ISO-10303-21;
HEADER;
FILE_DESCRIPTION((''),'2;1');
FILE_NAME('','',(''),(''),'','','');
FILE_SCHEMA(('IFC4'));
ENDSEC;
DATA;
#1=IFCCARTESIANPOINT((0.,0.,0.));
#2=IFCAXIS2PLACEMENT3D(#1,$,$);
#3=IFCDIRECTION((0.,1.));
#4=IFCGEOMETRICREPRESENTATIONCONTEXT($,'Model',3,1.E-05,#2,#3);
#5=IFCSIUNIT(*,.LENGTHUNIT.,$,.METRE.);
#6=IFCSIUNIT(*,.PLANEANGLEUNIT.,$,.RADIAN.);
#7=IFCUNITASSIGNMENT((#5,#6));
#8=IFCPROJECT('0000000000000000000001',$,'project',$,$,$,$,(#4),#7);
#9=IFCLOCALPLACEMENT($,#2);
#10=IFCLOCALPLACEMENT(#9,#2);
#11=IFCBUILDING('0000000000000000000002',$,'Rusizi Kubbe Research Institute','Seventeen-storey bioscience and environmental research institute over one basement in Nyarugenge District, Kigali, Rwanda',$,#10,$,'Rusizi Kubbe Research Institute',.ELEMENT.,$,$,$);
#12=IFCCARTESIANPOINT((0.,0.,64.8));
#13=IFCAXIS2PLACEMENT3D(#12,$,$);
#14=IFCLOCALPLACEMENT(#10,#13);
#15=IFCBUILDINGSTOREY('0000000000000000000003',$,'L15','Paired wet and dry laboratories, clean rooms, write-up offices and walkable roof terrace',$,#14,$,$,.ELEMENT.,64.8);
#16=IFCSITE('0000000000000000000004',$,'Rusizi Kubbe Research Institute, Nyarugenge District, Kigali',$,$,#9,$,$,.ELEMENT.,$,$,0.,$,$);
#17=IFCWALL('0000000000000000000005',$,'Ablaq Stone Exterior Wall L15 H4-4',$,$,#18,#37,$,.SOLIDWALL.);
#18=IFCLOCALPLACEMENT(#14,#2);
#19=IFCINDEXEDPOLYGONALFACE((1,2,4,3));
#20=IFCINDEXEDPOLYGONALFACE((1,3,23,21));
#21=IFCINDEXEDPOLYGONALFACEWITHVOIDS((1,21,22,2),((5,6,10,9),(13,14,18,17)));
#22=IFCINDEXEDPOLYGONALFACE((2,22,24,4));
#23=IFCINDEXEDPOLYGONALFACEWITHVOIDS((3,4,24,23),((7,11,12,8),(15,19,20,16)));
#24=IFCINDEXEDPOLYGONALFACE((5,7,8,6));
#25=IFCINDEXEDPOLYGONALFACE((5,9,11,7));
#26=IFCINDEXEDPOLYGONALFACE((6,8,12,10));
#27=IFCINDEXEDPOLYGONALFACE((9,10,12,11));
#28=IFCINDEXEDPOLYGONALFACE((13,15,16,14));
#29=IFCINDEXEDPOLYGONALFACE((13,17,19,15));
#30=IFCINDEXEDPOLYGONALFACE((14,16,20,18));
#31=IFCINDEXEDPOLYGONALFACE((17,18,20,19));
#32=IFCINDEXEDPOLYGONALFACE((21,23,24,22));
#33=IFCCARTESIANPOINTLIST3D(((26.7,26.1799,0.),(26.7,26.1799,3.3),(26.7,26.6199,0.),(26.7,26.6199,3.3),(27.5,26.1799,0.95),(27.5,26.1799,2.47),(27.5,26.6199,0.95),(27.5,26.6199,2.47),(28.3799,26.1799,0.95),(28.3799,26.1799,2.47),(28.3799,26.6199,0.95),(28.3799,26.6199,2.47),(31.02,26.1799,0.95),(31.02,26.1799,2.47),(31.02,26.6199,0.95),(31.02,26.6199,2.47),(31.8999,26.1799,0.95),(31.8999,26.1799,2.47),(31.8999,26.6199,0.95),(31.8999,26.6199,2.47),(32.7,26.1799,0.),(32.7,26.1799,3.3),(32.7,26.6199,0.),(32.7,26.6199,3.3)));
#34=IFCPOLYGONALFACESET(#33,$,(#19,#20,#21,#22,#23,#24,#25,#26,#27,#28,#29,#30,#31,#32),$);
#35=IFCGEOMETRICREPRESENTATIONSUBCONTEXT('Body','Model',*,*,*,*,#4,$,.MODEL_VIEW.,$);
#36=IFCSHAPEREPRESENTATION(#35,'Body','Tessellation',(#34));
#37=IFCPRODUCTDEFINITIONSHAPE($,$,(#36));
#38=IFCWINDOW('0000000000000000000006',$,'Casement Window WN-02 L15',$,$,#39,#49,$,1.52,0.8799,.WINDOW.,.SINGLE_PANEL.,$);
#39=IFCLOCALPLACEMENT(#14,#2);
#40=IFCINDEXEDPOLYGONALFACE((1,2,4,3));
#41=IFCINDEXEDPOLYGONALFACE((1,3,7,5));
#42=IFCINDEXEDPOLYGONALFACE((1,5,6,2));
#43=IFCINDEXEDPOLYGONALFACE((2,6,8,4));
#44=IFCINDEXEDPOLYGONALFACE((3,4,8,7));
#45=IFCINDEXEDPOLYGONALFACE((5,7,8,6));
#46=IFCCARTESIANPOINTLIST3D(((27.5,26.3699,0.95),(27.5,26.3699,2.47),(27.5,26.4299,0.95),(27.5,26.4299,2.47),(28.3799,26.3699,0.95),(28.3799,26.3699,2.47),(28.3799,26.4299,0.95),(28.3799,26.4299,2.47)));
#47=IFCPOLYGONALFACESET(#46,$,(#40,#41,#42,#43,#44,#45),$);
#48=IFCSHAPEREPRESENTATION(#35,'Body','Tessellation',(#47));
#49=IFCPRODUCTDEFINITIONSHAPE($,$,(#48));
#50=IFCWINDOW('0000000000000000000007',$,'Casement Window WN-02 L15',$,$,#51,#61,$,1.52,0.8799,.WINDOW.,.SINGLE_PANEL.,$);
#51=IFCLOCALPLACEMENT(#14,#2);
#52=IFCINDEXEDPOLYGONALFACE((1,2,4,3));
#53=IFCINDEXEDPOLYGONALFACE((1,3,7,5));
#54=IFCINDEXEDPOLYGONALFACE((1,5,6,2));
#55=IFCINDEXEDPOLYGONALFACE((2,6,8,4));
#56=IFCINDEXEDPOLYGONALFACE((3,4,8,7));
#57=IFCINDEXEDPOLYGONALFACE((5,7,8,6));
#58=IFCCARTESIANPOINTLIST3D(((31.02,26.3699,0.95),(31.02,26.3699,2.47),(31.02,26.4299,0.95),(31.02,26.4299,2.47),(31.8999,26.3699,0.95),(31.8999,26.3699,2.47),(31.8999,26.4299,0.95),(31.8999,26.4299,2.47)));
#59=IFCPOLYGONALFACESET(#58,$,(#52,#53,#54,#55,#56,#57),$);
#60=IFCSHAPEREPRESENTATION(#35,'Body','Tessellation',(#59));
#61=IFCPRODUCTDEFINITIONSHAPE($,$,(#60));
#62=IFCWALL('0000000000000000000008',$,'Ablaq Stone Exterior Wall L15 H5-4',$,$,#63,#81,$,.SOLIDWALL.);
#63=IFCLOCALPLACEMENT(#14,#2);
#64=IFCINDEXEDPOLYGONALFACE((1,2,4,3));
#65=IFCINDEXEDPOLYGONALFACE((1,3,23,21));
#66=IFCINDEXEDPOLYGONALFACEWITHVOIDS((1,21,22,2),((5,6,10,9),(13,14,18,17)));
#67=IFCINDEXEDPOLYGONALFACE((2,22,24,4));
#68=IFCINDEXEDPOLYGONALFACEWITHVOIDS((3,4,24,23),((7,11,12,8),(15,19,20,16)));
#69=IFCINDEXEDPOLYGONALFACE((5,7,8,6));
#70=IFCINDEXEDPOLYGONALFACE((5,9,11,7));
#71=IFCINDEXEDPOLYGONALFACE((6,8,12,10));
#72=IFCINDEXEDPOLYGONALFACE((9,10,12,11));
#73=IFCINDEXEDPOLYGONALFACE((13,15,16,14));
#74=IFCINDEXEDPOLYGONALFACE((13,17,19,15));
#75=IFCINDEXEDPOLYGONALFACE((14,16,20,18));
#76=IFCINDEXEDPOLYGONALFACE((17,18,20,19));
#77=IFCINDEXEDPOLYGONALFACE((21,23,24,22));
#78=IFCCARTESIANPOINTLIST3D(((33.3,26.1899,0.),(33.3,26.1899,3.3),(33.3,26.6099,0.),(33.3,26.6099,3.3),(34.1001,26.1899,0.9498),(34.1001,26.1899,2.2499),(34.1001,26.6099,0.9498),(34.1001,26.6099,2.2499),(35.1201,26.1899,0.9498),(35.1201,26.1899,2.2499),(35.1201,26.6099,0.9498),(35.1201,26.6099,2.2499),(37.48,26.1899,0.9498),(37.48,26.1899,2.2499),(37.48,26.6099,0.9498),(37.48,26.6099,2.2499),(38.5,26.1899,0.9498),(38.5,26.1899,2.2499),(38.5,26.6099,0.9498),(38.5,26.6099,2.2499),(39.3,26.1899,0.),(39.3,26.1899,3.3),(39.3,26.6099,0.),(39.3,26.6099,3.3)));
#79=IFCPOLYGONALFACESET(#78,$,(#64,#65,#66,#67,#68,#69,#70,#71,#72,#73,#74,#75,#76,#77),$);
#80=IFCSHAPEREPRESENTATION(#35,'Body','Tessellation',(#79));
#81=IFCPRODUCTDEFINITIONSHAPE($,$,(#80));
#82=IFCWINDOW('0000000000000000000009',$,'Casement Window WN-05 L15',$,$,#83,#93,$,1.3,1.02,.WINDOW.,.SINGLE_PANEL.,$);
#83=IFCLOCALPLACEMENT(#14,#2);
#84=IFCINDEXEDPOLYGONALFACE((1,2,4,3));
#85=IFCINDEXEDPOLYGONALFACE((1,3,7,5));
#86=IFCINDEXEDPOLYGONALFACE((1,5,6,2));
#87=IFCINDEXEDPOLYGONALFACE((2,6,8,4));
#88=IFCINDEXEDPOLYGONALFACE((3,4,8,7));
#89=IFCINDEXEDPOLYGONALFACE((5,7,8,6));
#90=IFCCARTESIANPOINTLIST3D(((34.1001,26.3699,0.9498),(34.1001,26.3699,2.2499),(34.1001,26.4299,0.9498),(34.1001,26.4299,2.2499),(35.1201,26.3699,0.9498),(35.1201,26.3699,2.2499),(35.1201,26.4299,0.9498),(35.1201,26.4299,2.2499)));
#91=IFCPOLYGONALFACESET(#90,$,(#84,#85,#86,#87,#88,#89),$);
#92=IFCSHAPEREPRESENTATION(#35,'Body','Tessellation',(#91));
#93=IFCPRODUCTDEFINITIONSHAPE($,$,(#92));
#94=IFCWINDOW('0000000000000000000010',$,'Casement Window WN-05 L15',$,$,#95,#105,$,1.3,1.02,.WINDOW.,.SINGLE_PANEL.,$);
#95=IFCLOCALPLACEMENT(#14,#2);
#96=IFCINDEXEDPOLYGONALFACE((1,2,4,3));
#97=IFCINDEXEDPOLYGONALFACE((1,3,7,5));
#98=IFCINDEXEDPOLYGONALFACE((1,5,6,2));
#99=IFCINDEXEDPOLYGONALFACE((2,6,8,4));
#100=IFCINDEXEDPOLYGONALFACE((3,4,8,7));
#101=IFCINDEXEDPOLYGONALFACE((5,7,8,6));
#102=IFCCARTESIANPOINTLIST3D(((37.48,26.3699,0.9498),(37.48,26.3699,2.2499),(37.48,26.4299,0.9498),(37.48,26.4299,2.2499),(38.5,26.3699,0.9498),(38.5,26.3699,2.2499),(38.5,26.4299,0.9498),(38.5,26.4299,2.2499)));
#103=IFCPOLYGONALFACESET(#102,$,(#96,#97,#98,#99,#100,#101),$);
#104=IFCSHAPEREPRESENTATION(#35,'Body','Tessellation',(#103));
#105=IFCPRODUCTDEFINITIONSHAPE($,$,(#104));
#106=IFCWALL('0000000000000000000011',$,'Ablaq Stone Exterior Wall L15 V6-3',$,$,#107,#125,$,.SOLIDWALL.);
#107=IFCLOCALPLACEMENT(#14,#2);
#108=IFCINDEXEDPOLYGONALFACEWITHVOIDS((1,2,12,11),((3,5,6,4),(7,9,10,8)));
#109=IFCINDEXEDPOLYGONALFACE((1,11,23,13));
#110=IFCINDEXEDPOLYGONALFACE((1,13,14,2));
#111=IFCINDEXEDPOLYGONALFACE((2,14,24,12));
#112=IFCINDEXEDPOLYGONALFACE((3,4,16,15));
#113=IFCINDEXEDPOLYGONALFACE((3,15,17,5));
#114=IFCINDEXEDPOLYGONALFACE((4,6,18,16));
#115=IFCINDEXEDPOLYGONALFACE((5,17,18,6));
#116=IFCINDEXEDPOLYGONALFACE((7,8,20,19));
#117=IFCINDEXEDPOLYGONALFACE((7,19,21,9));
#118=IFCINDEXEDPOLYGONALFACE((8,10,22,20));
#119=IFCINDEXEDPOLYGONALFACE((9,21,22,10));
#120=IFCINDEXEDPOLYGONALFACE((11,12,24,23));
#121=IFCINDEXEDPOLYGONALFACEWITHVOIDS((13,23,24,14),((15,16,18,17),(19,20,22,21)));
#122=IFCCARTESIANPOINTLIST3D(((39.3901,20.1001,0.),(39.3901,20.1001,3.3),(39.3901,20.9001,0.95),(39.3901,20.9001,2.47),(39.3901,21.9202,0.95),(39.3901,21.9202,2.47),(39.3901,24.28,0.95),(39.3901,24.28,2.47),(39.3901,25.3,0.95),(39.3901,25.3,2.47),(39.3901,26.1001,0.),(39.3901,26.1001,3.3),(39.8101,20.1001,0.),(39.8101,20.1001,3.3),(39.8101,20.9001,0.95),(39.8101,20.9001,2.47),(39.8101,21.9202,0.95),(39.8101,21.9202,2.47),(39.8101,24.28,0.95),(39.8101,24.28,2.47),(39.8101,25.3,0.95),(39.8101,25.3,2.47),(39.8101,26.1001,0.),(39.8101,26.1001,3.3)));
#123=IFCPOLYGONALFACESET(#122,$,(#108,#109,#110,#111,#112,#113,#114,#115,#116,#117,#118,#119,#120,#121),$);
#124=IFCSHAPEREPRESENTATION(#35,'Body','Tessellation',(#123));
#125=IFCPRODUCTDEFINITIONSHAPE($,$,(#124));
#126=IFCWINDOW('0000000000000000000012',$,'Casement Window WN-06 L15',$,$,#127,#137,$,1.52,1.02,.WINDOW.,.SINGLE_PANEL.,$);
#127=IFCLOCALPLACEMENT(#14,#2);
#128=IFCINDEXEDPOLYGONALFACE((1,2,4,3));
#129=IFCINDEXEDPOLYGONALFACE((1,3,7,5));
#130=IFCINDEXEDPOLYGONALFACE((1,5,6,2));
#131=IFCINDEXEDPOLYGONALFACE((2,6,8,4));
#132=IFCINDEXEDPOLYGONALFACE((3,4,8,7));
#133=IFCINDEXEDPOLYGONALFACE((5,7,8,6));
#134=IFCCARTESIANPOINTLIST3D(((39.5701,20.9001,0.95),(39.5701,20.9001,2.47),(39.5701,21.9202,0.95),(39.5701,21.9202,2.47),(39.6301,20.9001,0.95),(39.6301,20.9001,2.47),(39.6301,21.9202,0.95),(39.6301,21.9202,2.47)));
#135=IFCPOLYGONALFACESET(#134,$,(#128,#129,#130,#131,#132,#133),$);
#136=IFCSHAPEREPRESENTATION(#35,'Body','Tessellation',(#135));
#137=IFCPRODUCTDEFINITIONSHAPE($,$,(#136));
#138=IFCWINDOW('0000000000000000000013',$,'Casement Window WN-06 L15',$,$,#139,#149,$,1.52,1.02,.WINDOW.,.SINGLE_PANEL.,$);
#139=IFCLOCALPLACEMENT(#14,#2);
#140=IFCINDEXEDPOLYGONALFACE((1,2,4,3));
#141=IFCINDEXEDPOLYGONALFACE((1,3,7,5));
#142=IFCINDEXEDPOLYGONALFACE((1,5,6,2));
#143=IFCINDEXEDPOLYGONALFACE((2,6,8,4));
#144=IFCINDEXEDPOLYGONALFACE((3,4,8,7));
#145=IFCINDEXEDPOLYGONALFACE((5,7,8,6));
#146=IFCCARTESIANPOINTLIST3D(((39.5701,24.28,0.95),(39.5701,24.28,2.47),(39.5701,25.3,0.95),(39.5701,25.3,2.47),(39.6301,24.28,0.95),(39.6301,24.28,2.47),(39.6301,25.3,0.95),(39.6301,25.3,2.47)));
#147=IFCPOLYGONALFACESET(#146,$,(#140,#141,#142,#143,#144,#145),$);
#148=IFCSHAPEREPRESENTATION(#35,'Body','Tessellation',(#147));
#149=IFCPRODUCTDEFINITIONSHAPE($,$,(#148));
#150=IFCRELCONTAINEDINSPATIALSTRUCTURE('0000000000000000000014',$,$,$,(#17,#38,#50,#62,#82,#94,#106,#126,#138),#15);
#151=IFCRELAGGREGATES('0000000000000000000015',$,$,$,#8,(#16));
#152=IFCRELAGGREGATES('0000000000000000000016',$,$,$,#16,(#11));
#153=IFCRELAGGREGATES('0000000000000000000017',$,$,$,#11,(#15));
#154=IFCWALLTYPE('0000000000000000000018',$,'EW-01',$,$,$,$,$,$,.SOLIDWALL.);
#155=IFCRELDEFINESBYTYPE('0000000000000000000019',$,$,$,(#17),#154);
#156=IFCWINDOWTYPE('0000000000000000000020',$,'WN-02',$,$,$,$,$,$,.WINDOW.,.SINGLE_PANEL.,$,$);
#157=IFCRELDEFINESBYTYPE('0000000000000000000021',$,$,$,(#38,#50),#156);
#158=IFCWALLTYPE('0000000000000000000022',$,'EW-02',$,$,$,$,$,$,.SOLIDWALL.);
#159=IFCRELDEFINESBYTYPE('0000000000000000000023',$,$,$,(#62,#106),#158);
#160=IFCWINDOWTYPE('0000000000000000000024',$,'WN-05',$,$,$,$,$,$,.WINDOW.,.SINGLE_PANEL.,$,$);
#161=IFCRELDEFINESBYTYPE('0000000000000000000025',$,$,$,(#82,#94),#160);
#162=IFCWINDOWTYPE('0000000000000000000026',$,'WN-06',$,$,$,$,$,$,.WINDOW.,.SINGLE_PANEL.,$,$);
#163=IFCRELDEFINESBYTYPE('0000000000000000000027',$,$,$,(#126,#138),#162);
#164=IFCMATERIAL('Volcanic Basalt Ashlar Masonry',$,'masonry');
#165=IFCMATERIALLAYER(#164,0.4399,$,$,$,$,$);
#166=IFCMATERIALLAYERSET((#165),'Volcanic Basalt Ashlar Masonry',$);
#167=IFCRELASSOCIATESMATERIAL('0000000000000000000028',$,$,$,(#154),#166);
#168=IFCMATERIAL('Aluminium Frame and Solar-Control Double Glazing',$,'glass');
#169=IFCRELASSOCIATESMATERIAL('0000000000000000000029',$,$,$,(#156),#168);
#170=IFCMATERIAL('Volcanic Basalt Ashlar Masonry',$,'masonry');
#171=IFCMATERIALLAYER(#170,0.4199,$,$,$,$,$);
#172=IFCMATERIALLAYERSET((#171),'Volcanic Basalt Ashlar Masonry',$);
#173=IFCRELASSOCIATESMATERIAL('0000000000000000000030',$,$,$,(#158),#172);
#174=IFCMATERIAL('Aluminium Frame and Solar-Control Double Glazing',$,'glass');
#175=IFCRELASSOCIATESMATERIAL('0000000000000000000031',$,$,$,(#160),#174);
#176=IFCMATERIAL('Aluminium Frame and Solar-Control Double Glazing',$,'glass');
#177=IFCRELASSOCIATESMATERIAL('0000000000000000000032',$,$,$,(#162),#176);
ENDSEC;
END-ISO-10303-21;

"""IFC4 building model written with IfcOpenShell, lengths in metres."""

from ifc_helpers import new_model, si_unit, direction, frame, frame_2d, origin, place, context, subcontext, project, spatial, rectangle, extrude, material, layer, layer_set, type_object, element, fill, save


model = new_model("IFC4")

# Units and contexts
model_context = context("Model", 3, precision=1e-05, world=origin(), true_north=direction((0.0, 1.0)))
body_context = subcontext(model_context, "Body", "Model", "MODEL_VIEW")
ifc_project = project(units=[si_unit("LENGTHUNIT", "METRE"), si_unit("PLANEANGLEUNIT", "RADIAN")], contexts=[model_context])

# Site, building, storey
site_placement = place(None, origin())
site = spatial("IfcSite", under=ifc_project, at=site_placement, Name="Rusizi Kubbe Research Institute, Nyarugenge District, Kigali", CompositionType="ELEMENT", RefElevation=0.0)
building_placement = place(site_placement, origin())
building = spatial("IfcBuilding", under=site, at=building_placement, Name="Rusizi Kubbe Research Institute", Description="Seventeen-storey bioscience and environmental research institute over one basement in Nyarugenge District, Kigali, Rwanda", LongName="Rusizi Kubbe Research Institute", CompositionType="ELEMENT")
storey_placement = place(building_placement, frame((0.0, 0.0, 64.8)))
storey = spatial("IfcBuildingStorey", under=building, at=storey_placement, Name="L15", Description="Paired wet and dry laboratories, clean rooms, write-up offices and walkable roof terrace", CompositionType="ELEMENT", Elevation=64.8)

# Shared definitions
ifc_material_1 = material(Name="Volcanic Basalt Ashlar Masonry", Category="masonry")
ifc_layer_1 = layer(ifc_material_1, 0.4399)
ifc_layer_set_1 = layer_set([ifc_layer_1], Name="Volcanic Basalt Ashlar Masonry")
wall_type_1 = type_object("IfcWallType", Name="EW-01", PredefinedType="SOLIDWALL", material=ifc_layer_set_1)

# Walls, openings, windows
wall_1_placement = place(storey_placement, frame((26.7, 26.3999, 0.0), z_axis=(0.0, 0.0, 1.0), x_axis=(1.0, 0.0, 0.0)))
wall_1 = element("IfcWall", 1, at=wall_1_placement, inside=storey, type_object=wall_type_1, Name="Ablaq Stone Exterior Wall L15 H4-4", PredefinedType="SOLIDWALL", context=body_context, shape_type="SweptSolid", body=[
    extrude(rectangle(XDim=6.0, YDim=0.4399, at=frame_2d((3.0, 0.0))), origin(), (0.0, 0.0, 1.0), 3.3),
])
opening_1_placement = place(wall_1_placement, frame((0.8, 0.0, 0.95)))
opening_1 = element("IfcOpeningElement", 2, at=opening_1_placement, cuts=wall_1, PredefinedType="OPENING", context=body_context, shape_type="SweptSolid", body=[
    extrude(rectangle(XDim=0.8799, YDim=1.52, at=frame_2d((0.4399, 0.76))), frame((0.0, 0.23, 0.0), z_axis=(0.0, -1.0, 0.0), x_axis=(1.0, 0.0, 0.0)), (0.0, 0.0, 1.0), 0.46),
])
opening_2_placement = place(wall_1_placement, frame((4.3201, 0.0, 0.95)))
opening_2 = element("IfcOpeningElement", 3, at=opening_2_placement, cuts=wall_1, PredefinedType="OPENING", context=body_context, shape_type="SweptSolid", body=[
    extrude(rectangle(XDim=0.8799, YDim=1.52, at=frame_2d((0.4399, 0.76))), frame((0.0, 0.23, 0.0), z_axis=(0.0, -1.0, 0.0), x_axis=(1.0, 0.0, 0.0)), (0.0, 0.0, 1.0), 0.46),
])
ifc_material_2 = material(Name="Aluminium Frame and Solar-Control Double Glazing", Category="glass")
window_type_1 = type_object("IfcWindowType", Name="WN-02", PartitioningType="SINGLE_PANEL", PredefinedType="WINDOW", material=ifc_material_2)
window_1_placement = place(opening_1_placement, origin())
window_1 = element("IfcWindow", 4, at=window_1_placement, inside=storey, type_object=window_type_1, Name="Casement Window WN-02 L15", OverallHeight=1.52, OverallWidth=0.8799, PartitioningType="SINGLE_PANEL", PredefinedType="WINDOW", context=body_context, shape_type="SweptSolid", body=[
    extrude(rectangle(XDim=0.8799, YDim=1.52, at=frame_2d((0.4399, 0.76))), frame((0.0, 0.03, 0.0), z_axis=(0.0, -1.0, 0.0), x_axis=(1.0, 0.0, 0.0)), (0.0, 0.0, 1.0), 0.0601),
])
fill(opening_1, window_1)
window_2_placement = place(opening_2_placement, origin())
window_2 = element("IfcWindow", 5, at=window_2_placement, inside=storey, type_object=window_type_1, Name="Casement Window WN-02 L15", OverallHeight=1.52, OverallWidth=0.8799, PartitioningType="SINGLE_PANEL", PredefinedType="WINDOW", context=body_context, shape_type="SweptSolid", body=[
    extrude(rectangle(XDim=0.8799, YDim=1.52, at=frame_2d((0.4399, 0.76))), frame((0.0, 0.03, 0.0), z_axis=(0.0, -1.0, 0.0), x_axis=(1.0, 0.0, 0.0)), (0.0, 0.0, 1.0), 0.0601),
])
fill(opening_2, window_2)
ifc_material_3 = material(Name="Volcanic Basalt Ashlar Masonry", Category="masonry")
ifc_layer_2 = layer(ifc_material_3, 0.4199)
ifc_layer_set_2 = layer_set([ifc_layer_2], Name="Volcanic Basalt Ashlar Masonry")
wall_type_2 = type_object("IfcWallType", Name="EW-02", PredefinedType="SOLIDWALL", material=ifc_layer_set_2)
wall_2_placement = place(storey_placement, frame((33.3, 26.3999, 0.0), z_axis=(0.0, 0.0, 1.0), x_axis=(1.0, 0.0, 0.0)))
wall_2 = element("IfcWall", 6, at=wall_2_placement, inside=storey, type_object=wall_type_2, Name="Ablaq Stone Exterior Wall L15 H5-4", PredefinedType="SOLIDWALL", context=body_context, shape_type="SweptSolid", body=[
    extrude(rectangle(XDim=6.0, YDim=0.4199, at=frame_2d((3.0, 0.0))), origin(), (0.0, 0.0, 1.0), 3.3),
])
opening_3_placement = place(wall_2_placement, frame((0.8, 0.0, 0.95)))
opening_3 = element("IfcOpeningElement", 7, at=opening_3_placement, cuts=wall_2, PredefinedType="OPENING", context=body_context, shape_type="SweptSolid", body=[
    extrude(rectangle(XDim=1.02, YDim=1.3, at=frame_2d((0.51, 0.6499))), frame((0.0, 0.22, 0.0), z_axis=(0.0, -1.0, 0.0), x_axis=(1.0, 0.0, 0.0)), (0.0, 0.0, 1.0), 0.4399),
])
opening_4_placement = place(wall_2_placement, frame((4.1799, 0.0, 0.95)))
opening_4 = element("IfcOpeningElement", 8, at=opening_4_placement, cuts=wall_2, PredefinedType="OPENING", context=body_context, shape_type="SweptSolid", body=[
    extrude(rectangle(XDim=1.02, YDim=1.3, at=frame_2d((0.51, 0.6499))), frame((0.0, 0.22, 0.0), z_axis=(0.0, -1.0, 0.0), x_axis=(1.0, 0.0, 0.0)), (0.0, 0.0, 1.0), 0.4399),
])
ifc_material_4 = material(Name="Aluminium Frame and Solar-Control Double Glazing", Category="glass")
window_type_2 = type_object("IfcWindowType", Name="WN-05", PartitioningType="SINGLE_PANEL", PredefinedType="WINDOW", material=ifc_material_4)
window_3_placement = place(opening_3_placement, origin())
window_3 = element("IfcWindow", 9, at=window_3_placement, inside=storey, type_object=window_type_2, Name="Casement Window WN-05 L15", OverallHeight=1.3, OverallWidth=1.02, PartitioningType="SINGLE_PANEL", PredefinedType="WINDOW", context=body_context, shape_type="SweptSolid", body=[
    extrude(rectangle(XDim=1.02, YDim=1.3, at=frame_2d((0.51, 0.6499))), frame((0.0, 0.03, 0.0), z_axis=(0.0, -1.0, 0.0), x_axis=(1.0, 0.0, 0.0)), (0.0, 0.0, 1.0), 0.0601),
])
fill(opening_3, window_3)
window_4_placement = place(opening_4_placement, origin())
window_4 = element("IfcWindow", 10, at=window_4_placement, inside=storey, type_object=window_type_2, Name="Casement Window WN-05 L15", OverallHeight=1.3, OverallWidth=1.02, PartitioningType="SINGLE_PANEL", PredefinedType="WINDOW", context=body_context, shape_type="SweptSolid", body=[
    extrude(rectangle(XDim=1.02, YDim=1.3, at=frame_2d((0.51, 0.6499))), frame((0.0, 0.03, 0.0), z_axis=(0.0, -1.0, 0.0), x_axis=(1.0, 0.0, 0.0)), (0.0, 0.0, 1.0), 0.0601),
])
fill(opening_4, window_4)
wall_3_placement = place(storey_placement, frame((39.6001, 20.1001, 0.0), z_axis=(0.0, 0.0, 1.0), x_axis=(0.0, 1.0, 0.0)))
wall_3 = element("IfcWall", 11, at=wall_3_placement, inside=storey, type_object=wall_type_2, Name="Ablaq Stone Exterior Wall L15 V6-3", PredefinedType="SOLIDWALL", context=body_context, shape_type="SweptSolid", body=[
    extrude(rectangle(XDim=6.0, YDim=0.4199, at=frame_2d((3.0, 0.0))), origin(), (0.0, 0.0, 1.0), 3.3),
])
opening_5_placement = place(wall_3_placement, frame((0.8, 0.0, 0.95)))
opening_5 = element("IfcOpeningElement", 12, at=opening_5_placement, cuts=wall_3, PredefinedType="OPENING", context=body_context, shape_type="SweptSolid", body=[
    extrude(rectangle(XDim=1.02, YDim=1.52, at=frame_2d((0.51, 0.76))), frame((0.0, 0.22, 0.0), z_axis=(0.0, -1.0, 0.0), x_axis=(1.0, 0.0, 0.0)), (0.0, 0.0, 1.0), 0.4399),
])
opening_6_placement = place(wall_3_placement, frame((4.1799, 0.0, 0.95)))
opening_6 = element("IfcOpeningElement", 13, at=opening_6_placement, cuts=wall_3, PredefinedType="OPENING", context=body_context, shape_type="SweptSolid", body=[
    extrude(rectangle(XDim=1.02, YDim=1.52, at=frame_2d((0.51, 0.76))), frame((0.0, 0.22, 0.0), z_axis=(0.0, -1.0, 0.0), x_axis=(1.0, 0.0, 0.0)), (0.0, 0.0, 1.0), 0.4399),
])
ifc_material_5 = material(Name="Aluminium Frame and Solar-Control Double Glazing", Category="glass")
window_type_3 = type_object("IfcWindowType", Name="WN-06", PartitioningType="SINGLE_PANEL", PredefinedType="WINDOW", material=ifc_material_5)
window_5_placement = place(opening_5_placement, origin())
window_5 = element("IfcWindow", 14, at=window_5_placement, inside=storey, type_object=window_type_3, Name="Casement Window WN-06 L15", OverallHeight=1.52, OverallWidth=1.02, PartitioningType="SINGLE_PANEL", PredefinedType="WINDOW", context=body_context, shape_type="SweptSolid", body=[
    extrude(rectangle(XDim=1.02, YDim=1.52, at=frame_2d((0.51, 0.76))), frame((0.0, 0.03, 0.0), z_axis=(0.0, -1.0, 0.0), x_axis=(1.0, 0.0, 0.0)), (0.0, 0.0, 1.0), 0.0601),
])
fill(opening_5, window_5)
window_6_placement = place(opening_6_placement, origin())
window_6 = element("IfcWindow", 15, at=window_6_placement, inside=storey, type_object=window_type_3, Name="Casement Window WN-06 L15", OverallHeight=1.52, OverallWidth=1.02, PartitioningType="SINGLE_PANEL", PredefinedType="WINDOW", context=body_context, shape_type="SweptSolid", body=[
    extrude(rectangle(XDim=1.02, YDim=1.52, at=frame_2d((0.51, 0.76))), frame((0.0, 0.03, 0.0), z_axis=(0.0, -1.0, 0.0), x_axis=(1.0, 0.0, 0.0)), (0.0, 0.0, 1.0), 0.0601),
])
fill(opening_6, window_6)

save(model, "model.ifc")
